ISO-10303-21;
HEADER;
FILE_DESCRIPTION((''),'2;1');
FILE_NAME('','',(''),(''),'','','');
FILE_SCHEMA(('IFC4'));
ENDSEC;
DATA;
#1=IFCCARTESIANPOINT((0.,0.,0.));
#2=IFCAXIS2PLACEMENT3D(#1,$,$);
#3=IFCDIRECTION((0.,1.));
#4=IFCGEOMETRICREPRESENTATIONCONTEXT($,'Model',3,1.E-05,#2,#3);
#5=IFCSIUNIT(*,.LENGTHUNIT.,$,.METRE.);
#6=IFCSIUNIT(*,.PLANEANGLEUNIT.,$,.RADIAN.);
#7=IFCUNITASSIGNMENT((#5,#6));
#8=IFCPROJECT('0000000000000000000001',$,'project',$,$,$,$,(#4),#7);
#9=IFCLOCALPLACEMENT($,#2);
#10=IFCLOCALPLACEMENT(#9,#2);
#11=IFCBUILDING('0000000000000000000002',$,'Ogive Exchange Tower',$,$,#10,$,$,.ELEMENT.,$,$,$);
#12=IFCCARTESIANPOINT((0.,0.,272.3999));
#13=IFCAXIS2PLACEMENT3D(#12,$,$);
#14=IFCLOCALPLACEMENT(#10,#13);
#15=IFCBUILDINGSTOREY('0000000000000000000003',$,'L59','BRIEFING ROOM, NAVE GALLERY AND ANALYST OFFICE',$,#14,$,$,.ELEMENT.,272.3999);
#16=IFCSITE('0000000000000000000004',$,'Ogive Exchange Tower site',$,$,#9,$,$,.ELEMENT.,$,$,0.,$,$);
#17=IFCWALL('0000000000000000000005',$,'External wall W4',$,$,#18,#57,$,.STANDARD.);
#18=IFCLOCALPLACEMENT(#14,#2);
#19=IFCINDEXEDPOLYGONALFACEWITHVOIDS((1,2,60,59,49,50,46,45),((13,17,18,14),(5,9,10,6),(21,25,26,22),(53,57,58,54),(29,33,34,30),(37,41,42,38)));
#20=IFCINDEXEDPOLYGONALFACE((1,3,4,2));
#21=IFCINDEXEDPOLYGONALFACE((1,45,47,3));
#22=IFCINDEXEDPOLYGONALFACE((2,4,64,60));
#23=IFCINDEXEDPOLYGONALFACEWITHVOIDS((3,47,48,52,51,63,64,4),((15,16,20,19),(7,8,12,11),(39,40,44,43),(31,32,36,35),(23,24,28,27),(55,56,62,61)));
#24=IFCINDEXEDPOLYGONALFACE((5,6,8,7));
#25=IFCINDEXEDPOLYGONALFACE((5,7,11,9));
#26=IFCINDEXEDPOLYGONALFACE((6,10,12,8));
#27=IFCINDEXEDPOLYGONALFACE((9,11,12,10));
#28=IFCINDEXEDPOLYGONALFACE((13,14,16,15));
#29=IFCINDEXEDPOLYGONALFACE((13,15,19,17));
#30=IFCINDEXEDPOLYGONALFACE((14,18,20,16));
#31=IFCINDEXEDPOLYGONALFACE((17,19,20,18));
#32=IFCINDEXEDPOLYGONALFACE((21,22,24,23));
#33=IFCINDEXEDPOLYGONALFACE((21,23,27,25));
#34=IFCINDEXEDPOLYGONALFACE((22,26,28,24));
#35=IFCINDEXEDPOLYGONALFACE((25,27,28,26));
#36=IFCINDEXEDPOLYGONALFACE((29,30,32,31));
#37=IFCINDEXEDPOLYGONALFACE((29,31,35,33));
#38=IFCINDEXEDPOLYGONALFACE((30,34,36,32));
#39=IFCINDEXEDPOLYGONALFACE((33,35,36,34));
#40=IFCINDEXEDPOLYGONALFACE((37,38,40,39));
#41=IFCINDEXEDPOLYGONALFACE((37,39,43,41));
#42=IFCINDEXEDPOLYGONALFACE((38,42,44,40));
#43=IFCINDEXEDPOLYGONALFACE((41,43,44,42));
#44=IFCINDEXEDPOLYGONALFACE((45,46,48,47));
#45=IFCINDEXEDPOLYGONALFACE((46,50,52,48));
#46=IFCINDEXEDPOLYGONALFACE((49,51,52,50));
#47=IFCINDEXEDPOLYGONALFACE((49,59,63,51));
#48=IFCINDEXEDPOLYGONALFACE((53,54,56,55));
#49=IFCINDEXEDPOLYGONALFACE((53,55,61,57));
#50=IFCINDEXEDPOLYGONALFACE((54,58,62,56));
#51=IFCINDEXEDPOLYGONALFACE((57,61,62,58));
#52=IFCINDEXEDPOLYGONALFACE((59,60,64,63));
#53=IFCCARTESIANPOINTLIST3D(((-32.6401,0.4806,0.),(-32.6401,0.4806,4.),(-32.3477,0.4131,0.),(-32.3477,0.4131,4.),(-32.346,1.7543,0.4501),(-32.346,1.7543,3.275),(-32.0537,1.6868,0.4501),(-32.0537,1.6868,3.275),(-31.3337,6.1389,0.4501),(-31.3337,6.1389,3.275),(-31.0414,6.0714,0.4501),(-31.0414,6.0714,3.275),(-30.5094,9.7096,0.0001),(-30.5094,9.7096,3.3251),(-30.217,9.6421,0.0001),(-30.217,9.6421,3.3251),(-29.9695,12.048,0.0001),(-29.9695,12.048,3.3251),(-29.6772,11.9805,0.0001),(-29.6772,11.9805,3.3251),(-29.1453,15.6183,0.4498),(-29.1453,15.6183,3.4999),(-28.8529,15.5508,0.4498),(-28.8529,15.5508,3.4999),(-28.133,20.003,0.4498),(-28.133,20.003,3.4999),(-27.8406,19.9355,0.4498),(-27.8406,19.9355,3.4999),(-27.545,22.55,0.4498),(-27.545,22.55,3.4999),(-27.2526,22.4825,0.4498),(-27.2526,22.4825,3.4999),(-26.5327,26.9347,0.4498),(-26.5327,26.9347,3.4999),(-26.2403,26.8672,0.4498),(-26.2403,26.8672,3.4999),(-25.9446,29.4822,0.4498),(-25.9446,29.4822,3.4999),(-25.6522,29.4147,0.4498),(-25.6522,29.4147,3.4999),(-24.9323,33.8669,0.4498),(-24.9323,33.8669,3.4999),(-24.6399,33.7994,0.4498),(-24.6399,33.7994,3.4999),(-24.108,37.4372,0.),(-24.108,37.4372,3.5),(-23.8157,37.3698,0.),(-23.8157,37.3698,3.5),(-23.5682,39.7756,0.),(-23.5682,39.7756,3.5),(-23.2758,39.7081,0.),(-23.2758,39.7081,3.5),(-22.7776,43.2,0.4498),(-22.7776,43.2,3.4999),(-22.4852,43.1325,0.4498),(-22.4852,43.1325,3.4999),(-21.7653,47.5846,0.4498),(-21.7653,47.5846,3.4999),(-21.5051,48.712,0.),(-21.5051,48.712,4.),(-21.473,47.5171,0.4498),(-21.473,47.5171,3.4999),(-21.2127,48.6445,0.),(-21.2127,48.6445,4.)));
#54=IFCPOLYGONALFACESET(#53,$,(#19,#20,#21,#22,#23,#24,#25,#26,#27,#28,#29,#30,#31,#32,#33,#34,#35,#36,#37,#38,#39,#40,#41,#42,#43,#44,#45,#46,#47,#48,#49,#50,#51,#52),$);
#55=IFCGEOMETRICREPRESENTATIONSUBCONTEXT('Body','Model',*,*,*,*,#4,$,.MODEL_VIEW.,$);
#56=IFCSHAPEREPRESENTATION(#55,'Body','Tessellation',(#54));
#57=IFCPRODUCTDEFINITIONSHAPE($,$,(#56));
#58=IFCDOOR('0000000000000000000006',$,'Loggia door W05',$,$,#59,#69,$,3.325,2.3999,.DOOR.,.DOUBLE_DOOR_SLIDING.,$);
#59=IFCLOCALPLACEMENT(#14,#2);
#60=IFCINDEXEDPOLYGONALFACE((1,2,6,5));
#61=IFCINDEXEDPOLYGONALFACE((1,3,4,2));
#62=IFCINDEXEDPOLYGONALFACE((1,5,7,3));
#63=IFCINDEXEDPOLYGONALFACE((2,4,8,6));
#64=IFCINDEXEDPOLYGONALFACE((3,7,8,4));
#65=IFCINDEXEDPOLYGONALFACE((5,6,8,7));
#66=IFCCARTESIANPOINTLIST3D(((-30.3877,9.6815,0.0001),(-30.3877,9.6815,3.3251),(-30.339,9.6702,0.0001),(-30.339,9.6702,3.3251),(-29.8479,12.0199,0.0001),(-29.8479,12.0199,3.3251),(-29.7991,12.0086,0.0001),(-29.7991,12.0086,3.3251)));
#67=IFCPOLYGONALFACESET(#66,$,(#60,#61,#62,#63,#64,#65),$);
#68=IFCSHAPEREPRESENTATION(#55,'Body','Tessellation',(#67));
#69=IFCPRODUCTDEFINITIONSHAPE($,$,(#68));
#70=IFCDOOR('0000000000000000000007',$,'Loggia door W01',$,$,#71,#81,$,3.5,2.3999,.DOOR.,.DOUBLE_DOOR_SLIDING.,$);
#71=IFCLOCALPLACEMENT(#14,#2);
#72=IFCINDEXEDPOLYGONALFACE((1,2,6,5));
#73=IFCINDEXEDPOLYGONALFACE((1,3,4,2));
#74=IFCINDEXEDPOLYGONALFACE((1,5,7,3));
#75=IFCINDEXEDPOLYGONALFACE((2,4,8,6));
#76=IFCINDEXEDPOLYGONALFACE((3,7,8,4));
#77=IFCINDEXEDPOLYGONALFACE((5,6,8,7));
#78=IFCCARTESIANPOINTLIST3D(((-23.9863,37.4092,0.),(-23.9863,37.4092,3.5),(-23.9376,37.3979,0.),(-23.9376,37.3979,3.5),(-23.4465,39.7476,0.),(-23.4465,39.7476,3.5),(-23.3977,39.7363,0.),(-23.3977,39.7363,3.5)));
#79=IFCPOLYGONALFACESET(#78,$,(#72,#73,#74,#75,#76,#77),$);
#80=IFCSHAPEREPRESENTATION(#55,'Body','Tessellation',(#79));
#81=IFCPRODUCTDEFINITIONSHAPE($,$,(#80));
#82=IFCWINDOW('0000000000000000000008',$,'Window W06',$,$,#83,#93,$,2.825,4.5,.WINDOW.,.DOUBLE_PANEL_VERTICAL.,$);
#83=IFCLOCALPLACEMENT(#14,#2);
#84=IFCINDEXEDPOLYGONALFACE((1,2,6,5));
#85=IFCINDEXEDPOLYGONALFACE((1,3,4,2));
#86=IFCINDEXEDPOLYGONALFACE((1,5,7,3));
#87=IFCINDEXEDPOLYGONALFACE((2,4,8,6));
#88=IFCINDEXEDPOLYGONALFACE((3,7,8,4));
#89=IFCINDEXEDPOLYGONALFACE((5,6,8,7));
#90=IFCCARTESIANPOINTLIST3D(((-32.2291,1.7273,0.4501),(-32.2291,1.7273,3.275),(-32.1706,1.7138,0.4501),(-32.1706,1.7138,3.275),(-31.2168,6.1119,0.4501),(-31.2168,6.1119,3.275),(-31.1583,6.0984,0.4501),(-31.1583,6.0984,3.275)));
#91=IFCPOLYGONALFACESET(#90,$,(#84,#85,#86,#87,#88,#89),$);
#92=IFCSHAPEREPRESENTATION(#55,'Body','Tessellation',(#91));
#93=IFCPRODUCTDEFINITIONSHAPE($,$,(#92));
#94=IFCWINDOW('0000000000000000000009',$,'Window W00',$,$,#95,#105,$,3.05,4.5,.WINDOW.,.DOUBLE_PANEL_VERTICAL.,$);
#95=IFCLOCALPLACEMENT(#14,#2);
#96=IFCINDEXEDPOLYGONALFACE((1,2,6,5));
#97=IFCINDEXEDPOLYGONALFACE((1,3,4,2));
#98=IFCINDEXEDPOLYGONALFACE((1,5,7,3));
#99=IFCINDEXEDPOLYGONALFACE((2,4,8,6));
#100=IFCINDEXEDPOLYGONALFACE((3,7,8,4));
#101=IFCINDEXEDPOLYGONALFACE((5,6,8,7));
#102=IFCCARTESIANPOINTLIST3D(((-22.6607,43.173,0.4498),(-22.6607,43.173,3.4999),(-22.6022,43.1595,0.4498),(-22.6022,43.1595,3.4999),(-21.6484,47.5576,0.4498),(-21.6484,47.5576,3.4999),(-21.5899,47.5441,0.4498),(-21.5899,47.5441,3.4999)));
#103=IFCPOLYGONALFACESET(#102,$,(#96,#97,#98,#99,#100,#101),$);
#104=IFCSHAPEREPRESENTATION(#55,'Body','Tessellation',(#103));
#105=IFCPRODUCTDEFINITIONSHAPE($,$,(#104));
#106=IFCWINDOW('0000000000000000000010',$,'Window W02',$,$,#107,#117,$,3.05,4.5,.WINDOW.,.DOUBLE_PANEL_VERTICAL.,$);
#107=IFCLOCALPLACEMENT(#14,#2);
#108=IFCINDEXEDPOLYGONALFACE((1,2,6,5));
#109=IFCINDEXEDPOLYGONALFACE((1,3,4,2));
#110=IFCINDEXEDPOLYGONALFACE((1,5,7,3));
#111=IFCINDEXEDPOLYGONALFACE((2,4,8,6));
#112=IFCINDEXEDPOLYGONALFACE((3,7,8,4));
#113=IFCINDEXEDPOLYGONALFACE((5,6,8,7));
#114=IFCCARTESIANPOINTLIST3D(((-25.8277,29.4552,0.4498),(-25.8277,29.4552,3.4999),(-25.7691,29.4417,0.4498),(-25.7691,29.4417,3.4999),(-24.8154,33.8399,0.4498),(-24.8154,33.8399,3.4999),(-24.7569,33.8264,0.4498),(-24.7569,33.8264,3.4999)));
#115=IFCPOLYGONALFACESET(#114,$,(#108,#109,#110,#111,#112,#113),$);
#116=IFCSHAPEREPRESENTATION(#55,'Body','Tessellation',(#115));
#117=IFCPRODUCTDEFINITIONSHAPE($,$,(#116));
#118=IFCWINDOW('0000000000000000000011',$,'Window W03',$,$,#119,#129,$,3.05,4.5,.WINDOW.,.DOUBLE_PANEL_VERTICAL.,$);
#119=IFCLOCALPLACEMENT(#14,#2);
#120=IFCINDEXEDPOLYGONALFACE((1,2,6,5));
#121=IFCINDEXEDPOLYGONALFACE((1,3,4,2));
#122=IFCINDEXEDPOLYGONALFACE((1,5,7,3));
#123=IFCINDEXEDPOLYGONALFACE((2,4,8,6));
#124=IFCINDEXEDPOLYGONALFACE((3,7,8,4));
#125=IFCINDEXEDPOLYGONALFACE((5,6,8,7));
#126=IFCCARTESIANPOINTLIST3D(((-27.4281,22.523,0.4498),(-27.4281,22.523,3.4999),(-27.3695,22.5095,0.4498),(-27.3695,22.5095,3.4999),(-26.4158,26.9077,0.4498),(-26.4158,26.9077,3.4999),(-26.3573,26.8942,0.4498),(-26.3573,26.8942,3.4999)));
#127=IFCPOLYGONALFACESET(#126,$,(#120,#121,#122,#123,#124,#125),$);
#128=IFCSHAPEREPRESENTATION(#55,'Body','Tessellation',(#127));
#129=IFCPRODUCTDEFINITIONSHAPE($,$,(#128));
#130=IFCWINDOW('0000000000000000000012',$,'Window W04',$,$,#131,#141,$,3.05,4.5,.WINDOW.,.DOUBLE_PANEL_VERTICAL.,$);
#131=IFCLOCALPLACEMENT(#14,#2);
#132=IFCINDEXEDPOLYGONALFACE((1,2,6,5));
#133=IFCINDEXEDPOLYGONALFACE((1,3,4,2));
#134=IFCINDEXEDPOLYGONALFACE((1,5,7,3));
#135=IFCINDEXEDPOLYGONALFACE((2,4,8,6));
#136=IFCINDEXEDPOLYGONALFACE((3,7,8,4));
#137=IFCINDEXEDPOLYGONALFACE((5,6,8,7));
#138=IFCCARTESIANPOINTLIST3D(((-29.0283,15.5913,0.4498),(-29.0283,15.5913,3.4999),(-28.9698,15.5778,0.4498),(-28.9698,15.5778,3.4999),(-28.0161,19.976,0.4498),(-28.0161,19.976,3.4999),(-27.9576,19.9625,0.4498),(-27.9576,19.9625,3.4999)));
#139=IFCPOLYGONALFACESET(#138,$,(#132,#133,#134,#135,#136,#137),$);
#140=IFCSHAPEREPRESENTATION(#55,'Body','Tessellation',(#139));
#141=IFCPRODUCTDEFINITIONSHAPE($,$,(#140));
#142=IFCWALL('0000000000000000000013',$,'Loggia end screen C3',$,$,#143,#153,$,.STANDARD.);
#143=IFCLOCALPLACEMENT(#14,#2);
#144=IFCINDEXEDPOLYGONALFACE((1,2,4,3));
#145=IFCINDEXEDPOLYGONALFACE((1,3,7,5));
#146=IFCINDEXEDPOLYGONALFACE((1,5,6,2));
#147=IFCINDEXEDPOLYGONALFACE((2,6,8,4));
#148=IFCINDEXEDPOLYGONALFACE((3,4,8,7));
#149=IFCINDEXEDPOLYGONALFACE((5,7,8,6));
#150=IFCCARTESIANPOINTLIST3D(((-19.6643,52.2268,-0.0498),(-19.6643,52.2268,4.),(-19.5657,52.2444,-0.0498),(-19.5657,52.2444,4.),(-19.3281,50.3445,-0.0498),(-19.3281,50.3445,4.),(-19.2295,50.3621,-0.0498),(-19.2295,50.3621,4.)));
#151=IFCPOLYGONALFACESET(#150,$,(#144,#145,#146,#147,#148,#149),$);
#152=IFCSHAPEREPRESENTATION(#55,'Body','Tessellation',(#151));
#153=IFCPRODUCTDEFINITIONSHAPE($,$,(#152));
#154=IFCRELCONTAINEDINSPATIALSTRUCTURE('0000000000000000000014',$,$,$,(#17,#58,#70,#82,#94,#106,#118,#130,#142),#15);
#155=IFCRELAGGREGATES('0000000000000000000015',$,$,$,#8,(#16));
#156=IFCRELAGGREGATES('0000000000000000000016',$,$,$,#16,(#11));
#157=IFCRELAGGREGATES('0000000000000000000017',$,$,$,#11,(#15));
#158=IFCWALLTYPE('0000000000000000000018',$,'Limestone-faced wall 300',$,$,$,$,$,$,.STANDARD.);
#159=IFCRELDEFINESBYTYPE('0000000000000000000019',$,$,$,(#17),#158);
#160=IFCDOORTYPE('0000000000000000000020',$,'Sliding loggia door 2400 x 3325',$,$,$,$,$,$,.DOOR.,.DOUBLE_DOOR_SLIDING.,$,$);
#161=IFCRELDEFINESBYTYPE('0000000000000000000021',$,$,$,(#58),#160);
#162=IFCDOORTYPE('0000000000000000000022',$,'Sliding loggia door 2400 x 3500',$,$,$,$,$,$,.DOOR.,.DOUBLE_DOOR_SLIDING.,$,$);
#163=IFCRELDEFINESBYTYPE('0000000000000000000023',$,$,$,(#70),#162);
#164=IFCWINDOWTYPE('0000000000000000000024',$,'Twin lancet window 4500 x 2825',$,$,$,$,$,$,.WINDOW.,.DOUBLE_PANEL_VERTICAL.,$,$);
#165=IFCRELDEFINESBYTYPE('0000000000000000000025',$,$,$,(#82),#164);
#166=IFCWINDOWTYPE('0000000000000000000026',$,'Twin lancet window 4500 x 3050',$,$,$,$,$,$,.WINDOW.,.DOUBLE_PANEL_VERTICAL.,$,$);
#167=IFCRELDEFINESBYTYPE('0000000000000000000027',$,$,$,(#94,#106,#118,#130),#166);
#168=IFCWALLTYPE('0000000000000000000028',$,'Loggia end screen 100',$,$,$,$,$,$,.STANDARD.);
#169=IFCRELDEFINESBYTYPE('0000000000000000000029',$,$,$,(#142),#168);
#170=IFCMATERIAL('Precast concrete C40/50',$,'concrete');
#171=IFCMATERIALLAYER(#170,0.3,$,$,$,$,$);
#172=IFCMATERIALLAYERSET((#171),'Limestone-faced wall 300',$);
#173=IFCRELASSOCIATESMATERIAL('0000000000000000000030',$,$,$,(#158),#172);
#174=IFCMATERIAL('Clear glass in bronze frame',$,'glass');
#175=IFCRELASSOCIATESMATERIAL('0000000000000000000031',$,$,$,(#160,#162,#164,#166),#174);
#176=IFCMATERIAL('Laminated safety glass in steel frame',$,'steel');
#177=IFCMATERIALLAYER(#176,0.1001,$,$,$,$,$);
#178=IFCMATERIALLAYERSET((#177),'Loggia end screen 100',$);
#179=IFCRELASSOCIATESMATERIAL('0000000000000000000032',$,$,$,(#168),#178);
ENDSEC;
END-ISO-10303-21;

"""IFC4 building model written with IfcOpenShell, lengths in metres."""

from ifc_helpers import new_model, si_unit, direction, frame, frame_2d, origin, place, context, subcontext, project, spatial, rectangle, extrude, material, layer, layer_set, type_object, element, fill, save


model = new_model("IFC4")

# Units and contexts
model_context = context("Model", 3, precision=1e-05, world=origin(), true_north=direction((0.0, 1.0)))
body_context = subcontext(model_context, "Body", "Model", "MODEL_VIEW")
ifc_project = project(units=[si_unit("LENGTHUNIT", "METRE"), si_unit("PLANEANGLEUNIT", "RADIAN")], contexts=[model_context])

# Site, building, storey
site_placement = place(None, origin())
site = spatial("IfcSite", under=ifc_project, at=site_placement, Name="Ogive Exchange Tower site", CompositionType="ELEMENT", RefElevation=0.0)
building_placement = place(site_placement, origin())
building = spatial("IfcBuilding", under=site, at=building_placement, Name="Ogive Exchange Tower", CompositionType="ELEMENT")
storey_placement = place(building_placement, frame((0.0, 0.0, 272.3999)))
storey = spatial("IfcBuildingStorey", under=building, at=storey_placement, Name="L59", Description="BRIEFING ROOM, NAVE GALLERY AND ANALYST OFFICE", CompositionType="ELEMENT", Elevation=272.3999)

# Wall, openings, doors, windows
ifc_material_1 = material(Name="Precast concrete C40/50", Category="concrete")
ifc_layer_1 = layer(ifc_material_1, 0.3)
ifc_layer_set_1 = layer_set([ifc_layer_1], Name="Limestone-faced wall 300")
wall_type_1 = type_object("IfcWallType", Name="Limestone-faced wall 300", PredefinedType="STANDARD", material=ifc_layer_set_1)
wall_1_placement = place(storey_placement, frame((-21.3589, 48.6782, 0.0), z_axis=(0.0, 0.0, 1.0), x_axis=(-0.224949, -0.97437, 0.0)))
wall_1 = element("IfcWall", 1, at=wall_1_placement, inside=storey, type_object=wall_type_1, Name="External wall W4", PredefinedType="STANDARD", context=body_context, shape_type="SweptSolid", body=[
    extrude(rectangle(XDim=49.5, YDim=0.3, at=frame_2d((24.75, 0.0))), origin(), (0.0, 0.0, 1.0), 4.0),
])
opening_1_placement = place(wall_1_placement, frame((1.157, 0.0, 0.45)))
opening_1 = element("IfcOpeningElement", 2, at=opening_1_placement, cuts=wall_1, PredefinedType="OPENING", context=body_context, shape_type="SweptSolid", body=[
    extrude(rectangle(XDim=4.5, YDim=3.05, at=frame_2d((2.25, 1.5249))), frame((0.0, 0.1599, 0.0), z_axis=(0.0, -1.0, 0.0), x_axis=(1.0, 0.0, 0.0)), (0.0, 0.0, 1.0), 0.3201),
])
opening_2_placement = place(wall_1_placement, frame((9.1714, 0.0, 0.0)))
opening_2 = element("IfcOpeningElement", 3, at=opening_2_placement, cuts=wall_1, PredefinedType="OPENING", context=body_context, shape_type="SweptSolid", body=[
    extrude(rectangle(XDim=2.3999, YDim=3.5, at=frame_2d((1.2, 1.75))), frame((0.0, 0.1599, 0.0), z_axis=(0.0, -1.0, 0.0), x_axis=(1.0, 0.0, 0.0)), (0.0, 0.0, 1.0), 0.3201),
])
opening_3_placement = place(wall_1_placement, frame((15.2356, 0.0, 0.45)))
opening_3 = element("IfcOpeningElement", 4, at=opening_3_placement, cuts=wall_1, PredefinedType="OPENING", context=body_context, shape_type="SweptSolid", body=[
    extrude(rectangle(XDim=4.5, YDim=3.05, at=frame_2d((2.25, 1.5249))), frame((0.0, 0.1599, 0.0), z_axis=(0.0, -1.0, 0.0), x_axis=(1.0, 0.0, 0.0)), (0.0, 0.0, 1.0), 0.3201),
])
opening_4_placement = place(wall_1_placement, frame((22.3501, 0.0, 0.45)))
opening_4 = element("IfcOpeningElement", 5, at=opening_4_placement, cuts=wall_1, PredefinedType="OPENING", context=body_context, shape_type="SweptSolid", body=[
    extrude(rectangle(XDim=4.5, YDim=3.05, at=frame_2d((2.25, 1.5249))), frame((0.0, 0.1599, 0.0), z_axis=(0.0, -1.0, 0.0), x_axis=(1.0, 0.0, 0.0)), (0.0, 0.0, 1.0), 0.3201),
])
opening_5_placement = place(wall_1_placement, frame((29.4641, 0.0, 0.45)))
opening_5 = element("IfcOpeningElement", 6, at=opening_5_placement, cuts=wall_1, PredefinedType="OPENING", context=body_context, shape_type="SweptSolid", body=[
    extrude(rectangle(XDim=4.5, YDim=3.05, at=frame_2d((2.25, 1.5249))), frame((0.0, 0.1599, 0.0), z_axis=(0.0, -1.0, 0.0), x_axis=(1.0, 0.0, 0.0)), (0.0, 0.0, 1.0), 0.3201),
])
opening_6_placement = place(wall_1_placement, frame((37.6284, 0.0, 0.0)))
opening_6 = element("IfcOpeningElement", 7, at=opening_6_placement, cuts=wall_1, PredefinedType="OPENING", context=body_context, shape_type="SweptSolid", body=[
    extrude(rectangle(XDim=2.3999, YDim=3.325, at=frame_2d((1.2, 1.6626))), frame((0.0, 0.1599, 0.0), z_axis=(0.0, -1.0, 0.0), x_axis=(1.0, 0.0, 0.0)), (0.0, 0.0, 1.0), 0.3201),
])
opening_7_placement = place(wall_1_placement, frame((43.6929, 0.0, 0.45)))
opening_7 = element("IfcOpeningElement", 8, at=opening_7_placement, cuts=wall_1, PredefinedType="OPENING", context=body_context, shape_type="SweptSolid", body=[
    extrude(rectangle(XDim=4.5, YDim=2.825, at=frame_2d((2.25, 1.4126))), frame((0.0, 0.1599, 0.0), z_axis=(0.0, -1.0, 0.0), x_axis=(1.0, 0.0, 0.0)), (0.0, 0.0, 1.0), 0.3201),
])
ifc_material_2 = material(Name="Clear glass in bronze frame", Category="glass")
door_type_1 = type_object("IfcDoorType", Name="Sliding loggia door 2400 x 3325", OperationType="DOUBLE_DOOR_SLIDING", PredefinedType="DOOR", material=ifc_material_2)
door_1_placement = place(opening_6_placement, origin())
door_1 = element("IfcDoor", 9, at=door_1_placement, inside=storey, type_object=door_type_1, Name="Loggia door W05", OperationType="DOUBLE_DOOR_SLIDING", OverallHeight=3.325, OverallWidth=2.3999, PredefinedType="DOOR", context=body_context, shape_type="SweptSolid", body=[
    extrude(rectangle(XDim=2.3999, YDim=3.325, at=frame_2d((1.2, 1.6626))), frame((0.0, 0.0249, 0.0), z_axis=(0.0, -1.0, 0.0), x_axis=(1.0, 0.0, 0.0)), (0.0, 0.0, 1.0), 0.05),
])
fill(opening_6, door_1)
door_type_2 = type_object("IfcDoorType", Name="Sliding loggia door 2400 x 3500", OperationType="DOUBLE_DOOR_SLIDING", PredefinedType="DOOR", material=ifc_material_2)
door_2_placement = place(opening_2_placement, origin())
door_2 = element("IfcDoor", 10, at=door_2_placement, inside=storey, type_object=door_type_2, Name="Loggia door W01", OperationType="DOUBLE_DOOR_SLIDING", OverallHeight=3.5, OverallWidth=2.3999, PredefinedType="DOOR", context=body_context, shape_type="SweptSolid", body=[
    extrude(rectangle(XDim=2.3999, YDim=3.5, at=frame_2d((1.2, 1.75))), frame((0.0, 0.0249, 0.0), z_axis=(0.0, -1.0, 0.0), x_axis=(1.0, 0.0, 0.0)), (0.0, 0.0, 1.0), 0.05),
])
fill(opening_2, door_2)
window_type_1 = type_object("IfcWindowType", Name="Twin lancet window 4500 x 2825", PartitioningType="DOUBLE_PANEL_VERTICAL", PredefinedType="WINDOW", material=ifc_material_2)
window_1_placement = place(opening_7_placement, origin())
window_1 = element("IfcWindow", 11, at=window_1_placement, inside=storey, type_object=window_type_1, Name="Window W06", OverallHeight=2.825, OverallWidth=4.5, PartitioningType="DOUBLE_PANEL_VERTICAL", PredefinedType="WINDOW", context=body_context, shape_type="SweptSolid", body=[
    extrude(rectangle(XDim=4.5, YDim=2.825, at=frame_2d((2.25, 1.4126))), frame((0.0, 0.03, 0.0), z_axis=(0.0, -1.0, 0.0), x_axis=(1.0, 0.0, 0.0)), (0.0, 0.0, 1.0), 0.0601),
])
fill(opening_7, window_1)
window_type_2 = type_object("IfcWindowType", Name="Twin lancet window 4500 x 3050", PartitioningType="DOUBLE_PANEL_VERTICAL", PredefinedType="WINDOW", material=ifc_material_2)
window_2_placement = place(opening_1_placement, origin())
window_2 = element("IfcWindow", 12, at=window_2_placement, inside=storey, type_object=window_type_2, Name="Window W00", OverallHeight=3.05, OverallWidth=4.5, PartitioningType="DOUBLE_PANEL_VERTICAL", PredefinedType="WINDOW", context=body_context, shape_type="SweptSolid", body=[
    extrude(rectangle(XDim=4.5, YDim=3.05, at=frame_2d((2.25, 1.5249))), frame((0.0, 0.03, 0.0), z_axis=(0.0, -1.0, 0.0), x_axis=(1.0, 0.0, 0.0)), (0.0, 0.0, 1.0), 0.0601),
])
fill(opening_1, window_2)
window_3_placement = place(opening_3_placement, origin())
window_3 = element("IfcWindow", 13, at=window_3_placement, inside=storey, type_object=window_type_2, Name="Window W02", OverallHeight=3.05, OverallWidth=4.5, PartitioningType="DOUBLE_PANEL_VERTICAL", PredefinedType="WINDOW", context=body_context, shape_type="SweptSolid", body=[
    extrude(rectangle(XDim=4.5, YDim=3.05, at=frame_2d((2.25, 1.5249))), frame((0.0, 0.03, 0.0), z_axis=(0.0, -1.0, 0.0), x_axis=(1.0, 0.0, 0.0)), (0.0, 0.0, 1.0), 0.0601),
])
fill(opening_3, window_3)
window_4_placement = place(opening_4_placement, origin())
window_4 = element("IfcWindow", 14, at=window_4_placement, inside=storey, type_object=window_type_2, Name="Window W03", OverallHeight=3.05, OverallWidth=4.5, PartitioningType="DOUBLE_PANEL_VERTICAL", PredefinedType="WINDOW", context=body_context, shape_type="SweptSolid", body=[
    extrude(rectangle(XDim=4.5, YDim=3.05, at=frame_2d((2.25, 1.5249))), frame((0.0, 0.03, 0.0), z_axis=(0.0, -1.0, 0.0), x_axis=(1.0, 0.0, 0.0)), (0.0, 0.0, 1.0), 0.0601),
])
fill(opening_4, window_4)
window_5_placement = place(opening_5_placement, origin())
window_5 = element("IfcWindow", 15, at=window_5_placement, inside=storey, type_object=window_type_2, Name="Window W04", OverallHeight=3.05, OverallWidth=4.5, PartitioningType="DOUBLE_PANEL_VERTICAL", PredefinedType="WINDOW", context=body_context, shape_type="SweptSolid", body=[
    extrude(rectangle(XDim=4.5, YDim=3.05, at=frame_2d((2.25, 1.5249))), frame((0.0, 0.03, 0.0), z_axis=(0.0, -1.0, 0.0), x_axis=(1.0, 0.0, 0.0)), (0.0, 0.0, 1.0), 0.0601),
])
fill(opening_5, window_5)

# Wall
ifc_material_3 = material(Name="Laminated safety glass in steel frame", Category="steel")
ifc_layer_2 = layer(ifc_material_3, 0.1001)
ifc_layer_set_2 = layer_set([ifc_layer_2], Name="Loggia end screen 100")
wall_type_2 = type_object("IfcWallType", Name="Loggia end screen 100", PredefinedType="STANDARD", material=ifc_layer_set_2)
wall_2_placement = place(storey_placement, frame((-19.2788, 50.3533, -0.0498), z_axis=(0.0, 0.0, 1.0), x_axis=(-0.175817, 0.984423, 0.0)))
element("IfcWall", 16, at=wall_2_placement, inside=storey, type_object=wall_type_2, Name="Loggia end screen C3", PredefinedType="STANDARD", context=body_context, shape_type="SweptSolid", body=[
    extrude(rectangle(XDim=1.9121, YDim=0.1001, at=frame_2d((0.9561, 0.0))), origin(), (0.0, 0.0, 1.0), 4.0498),
])

save(model, "model.ifc")
